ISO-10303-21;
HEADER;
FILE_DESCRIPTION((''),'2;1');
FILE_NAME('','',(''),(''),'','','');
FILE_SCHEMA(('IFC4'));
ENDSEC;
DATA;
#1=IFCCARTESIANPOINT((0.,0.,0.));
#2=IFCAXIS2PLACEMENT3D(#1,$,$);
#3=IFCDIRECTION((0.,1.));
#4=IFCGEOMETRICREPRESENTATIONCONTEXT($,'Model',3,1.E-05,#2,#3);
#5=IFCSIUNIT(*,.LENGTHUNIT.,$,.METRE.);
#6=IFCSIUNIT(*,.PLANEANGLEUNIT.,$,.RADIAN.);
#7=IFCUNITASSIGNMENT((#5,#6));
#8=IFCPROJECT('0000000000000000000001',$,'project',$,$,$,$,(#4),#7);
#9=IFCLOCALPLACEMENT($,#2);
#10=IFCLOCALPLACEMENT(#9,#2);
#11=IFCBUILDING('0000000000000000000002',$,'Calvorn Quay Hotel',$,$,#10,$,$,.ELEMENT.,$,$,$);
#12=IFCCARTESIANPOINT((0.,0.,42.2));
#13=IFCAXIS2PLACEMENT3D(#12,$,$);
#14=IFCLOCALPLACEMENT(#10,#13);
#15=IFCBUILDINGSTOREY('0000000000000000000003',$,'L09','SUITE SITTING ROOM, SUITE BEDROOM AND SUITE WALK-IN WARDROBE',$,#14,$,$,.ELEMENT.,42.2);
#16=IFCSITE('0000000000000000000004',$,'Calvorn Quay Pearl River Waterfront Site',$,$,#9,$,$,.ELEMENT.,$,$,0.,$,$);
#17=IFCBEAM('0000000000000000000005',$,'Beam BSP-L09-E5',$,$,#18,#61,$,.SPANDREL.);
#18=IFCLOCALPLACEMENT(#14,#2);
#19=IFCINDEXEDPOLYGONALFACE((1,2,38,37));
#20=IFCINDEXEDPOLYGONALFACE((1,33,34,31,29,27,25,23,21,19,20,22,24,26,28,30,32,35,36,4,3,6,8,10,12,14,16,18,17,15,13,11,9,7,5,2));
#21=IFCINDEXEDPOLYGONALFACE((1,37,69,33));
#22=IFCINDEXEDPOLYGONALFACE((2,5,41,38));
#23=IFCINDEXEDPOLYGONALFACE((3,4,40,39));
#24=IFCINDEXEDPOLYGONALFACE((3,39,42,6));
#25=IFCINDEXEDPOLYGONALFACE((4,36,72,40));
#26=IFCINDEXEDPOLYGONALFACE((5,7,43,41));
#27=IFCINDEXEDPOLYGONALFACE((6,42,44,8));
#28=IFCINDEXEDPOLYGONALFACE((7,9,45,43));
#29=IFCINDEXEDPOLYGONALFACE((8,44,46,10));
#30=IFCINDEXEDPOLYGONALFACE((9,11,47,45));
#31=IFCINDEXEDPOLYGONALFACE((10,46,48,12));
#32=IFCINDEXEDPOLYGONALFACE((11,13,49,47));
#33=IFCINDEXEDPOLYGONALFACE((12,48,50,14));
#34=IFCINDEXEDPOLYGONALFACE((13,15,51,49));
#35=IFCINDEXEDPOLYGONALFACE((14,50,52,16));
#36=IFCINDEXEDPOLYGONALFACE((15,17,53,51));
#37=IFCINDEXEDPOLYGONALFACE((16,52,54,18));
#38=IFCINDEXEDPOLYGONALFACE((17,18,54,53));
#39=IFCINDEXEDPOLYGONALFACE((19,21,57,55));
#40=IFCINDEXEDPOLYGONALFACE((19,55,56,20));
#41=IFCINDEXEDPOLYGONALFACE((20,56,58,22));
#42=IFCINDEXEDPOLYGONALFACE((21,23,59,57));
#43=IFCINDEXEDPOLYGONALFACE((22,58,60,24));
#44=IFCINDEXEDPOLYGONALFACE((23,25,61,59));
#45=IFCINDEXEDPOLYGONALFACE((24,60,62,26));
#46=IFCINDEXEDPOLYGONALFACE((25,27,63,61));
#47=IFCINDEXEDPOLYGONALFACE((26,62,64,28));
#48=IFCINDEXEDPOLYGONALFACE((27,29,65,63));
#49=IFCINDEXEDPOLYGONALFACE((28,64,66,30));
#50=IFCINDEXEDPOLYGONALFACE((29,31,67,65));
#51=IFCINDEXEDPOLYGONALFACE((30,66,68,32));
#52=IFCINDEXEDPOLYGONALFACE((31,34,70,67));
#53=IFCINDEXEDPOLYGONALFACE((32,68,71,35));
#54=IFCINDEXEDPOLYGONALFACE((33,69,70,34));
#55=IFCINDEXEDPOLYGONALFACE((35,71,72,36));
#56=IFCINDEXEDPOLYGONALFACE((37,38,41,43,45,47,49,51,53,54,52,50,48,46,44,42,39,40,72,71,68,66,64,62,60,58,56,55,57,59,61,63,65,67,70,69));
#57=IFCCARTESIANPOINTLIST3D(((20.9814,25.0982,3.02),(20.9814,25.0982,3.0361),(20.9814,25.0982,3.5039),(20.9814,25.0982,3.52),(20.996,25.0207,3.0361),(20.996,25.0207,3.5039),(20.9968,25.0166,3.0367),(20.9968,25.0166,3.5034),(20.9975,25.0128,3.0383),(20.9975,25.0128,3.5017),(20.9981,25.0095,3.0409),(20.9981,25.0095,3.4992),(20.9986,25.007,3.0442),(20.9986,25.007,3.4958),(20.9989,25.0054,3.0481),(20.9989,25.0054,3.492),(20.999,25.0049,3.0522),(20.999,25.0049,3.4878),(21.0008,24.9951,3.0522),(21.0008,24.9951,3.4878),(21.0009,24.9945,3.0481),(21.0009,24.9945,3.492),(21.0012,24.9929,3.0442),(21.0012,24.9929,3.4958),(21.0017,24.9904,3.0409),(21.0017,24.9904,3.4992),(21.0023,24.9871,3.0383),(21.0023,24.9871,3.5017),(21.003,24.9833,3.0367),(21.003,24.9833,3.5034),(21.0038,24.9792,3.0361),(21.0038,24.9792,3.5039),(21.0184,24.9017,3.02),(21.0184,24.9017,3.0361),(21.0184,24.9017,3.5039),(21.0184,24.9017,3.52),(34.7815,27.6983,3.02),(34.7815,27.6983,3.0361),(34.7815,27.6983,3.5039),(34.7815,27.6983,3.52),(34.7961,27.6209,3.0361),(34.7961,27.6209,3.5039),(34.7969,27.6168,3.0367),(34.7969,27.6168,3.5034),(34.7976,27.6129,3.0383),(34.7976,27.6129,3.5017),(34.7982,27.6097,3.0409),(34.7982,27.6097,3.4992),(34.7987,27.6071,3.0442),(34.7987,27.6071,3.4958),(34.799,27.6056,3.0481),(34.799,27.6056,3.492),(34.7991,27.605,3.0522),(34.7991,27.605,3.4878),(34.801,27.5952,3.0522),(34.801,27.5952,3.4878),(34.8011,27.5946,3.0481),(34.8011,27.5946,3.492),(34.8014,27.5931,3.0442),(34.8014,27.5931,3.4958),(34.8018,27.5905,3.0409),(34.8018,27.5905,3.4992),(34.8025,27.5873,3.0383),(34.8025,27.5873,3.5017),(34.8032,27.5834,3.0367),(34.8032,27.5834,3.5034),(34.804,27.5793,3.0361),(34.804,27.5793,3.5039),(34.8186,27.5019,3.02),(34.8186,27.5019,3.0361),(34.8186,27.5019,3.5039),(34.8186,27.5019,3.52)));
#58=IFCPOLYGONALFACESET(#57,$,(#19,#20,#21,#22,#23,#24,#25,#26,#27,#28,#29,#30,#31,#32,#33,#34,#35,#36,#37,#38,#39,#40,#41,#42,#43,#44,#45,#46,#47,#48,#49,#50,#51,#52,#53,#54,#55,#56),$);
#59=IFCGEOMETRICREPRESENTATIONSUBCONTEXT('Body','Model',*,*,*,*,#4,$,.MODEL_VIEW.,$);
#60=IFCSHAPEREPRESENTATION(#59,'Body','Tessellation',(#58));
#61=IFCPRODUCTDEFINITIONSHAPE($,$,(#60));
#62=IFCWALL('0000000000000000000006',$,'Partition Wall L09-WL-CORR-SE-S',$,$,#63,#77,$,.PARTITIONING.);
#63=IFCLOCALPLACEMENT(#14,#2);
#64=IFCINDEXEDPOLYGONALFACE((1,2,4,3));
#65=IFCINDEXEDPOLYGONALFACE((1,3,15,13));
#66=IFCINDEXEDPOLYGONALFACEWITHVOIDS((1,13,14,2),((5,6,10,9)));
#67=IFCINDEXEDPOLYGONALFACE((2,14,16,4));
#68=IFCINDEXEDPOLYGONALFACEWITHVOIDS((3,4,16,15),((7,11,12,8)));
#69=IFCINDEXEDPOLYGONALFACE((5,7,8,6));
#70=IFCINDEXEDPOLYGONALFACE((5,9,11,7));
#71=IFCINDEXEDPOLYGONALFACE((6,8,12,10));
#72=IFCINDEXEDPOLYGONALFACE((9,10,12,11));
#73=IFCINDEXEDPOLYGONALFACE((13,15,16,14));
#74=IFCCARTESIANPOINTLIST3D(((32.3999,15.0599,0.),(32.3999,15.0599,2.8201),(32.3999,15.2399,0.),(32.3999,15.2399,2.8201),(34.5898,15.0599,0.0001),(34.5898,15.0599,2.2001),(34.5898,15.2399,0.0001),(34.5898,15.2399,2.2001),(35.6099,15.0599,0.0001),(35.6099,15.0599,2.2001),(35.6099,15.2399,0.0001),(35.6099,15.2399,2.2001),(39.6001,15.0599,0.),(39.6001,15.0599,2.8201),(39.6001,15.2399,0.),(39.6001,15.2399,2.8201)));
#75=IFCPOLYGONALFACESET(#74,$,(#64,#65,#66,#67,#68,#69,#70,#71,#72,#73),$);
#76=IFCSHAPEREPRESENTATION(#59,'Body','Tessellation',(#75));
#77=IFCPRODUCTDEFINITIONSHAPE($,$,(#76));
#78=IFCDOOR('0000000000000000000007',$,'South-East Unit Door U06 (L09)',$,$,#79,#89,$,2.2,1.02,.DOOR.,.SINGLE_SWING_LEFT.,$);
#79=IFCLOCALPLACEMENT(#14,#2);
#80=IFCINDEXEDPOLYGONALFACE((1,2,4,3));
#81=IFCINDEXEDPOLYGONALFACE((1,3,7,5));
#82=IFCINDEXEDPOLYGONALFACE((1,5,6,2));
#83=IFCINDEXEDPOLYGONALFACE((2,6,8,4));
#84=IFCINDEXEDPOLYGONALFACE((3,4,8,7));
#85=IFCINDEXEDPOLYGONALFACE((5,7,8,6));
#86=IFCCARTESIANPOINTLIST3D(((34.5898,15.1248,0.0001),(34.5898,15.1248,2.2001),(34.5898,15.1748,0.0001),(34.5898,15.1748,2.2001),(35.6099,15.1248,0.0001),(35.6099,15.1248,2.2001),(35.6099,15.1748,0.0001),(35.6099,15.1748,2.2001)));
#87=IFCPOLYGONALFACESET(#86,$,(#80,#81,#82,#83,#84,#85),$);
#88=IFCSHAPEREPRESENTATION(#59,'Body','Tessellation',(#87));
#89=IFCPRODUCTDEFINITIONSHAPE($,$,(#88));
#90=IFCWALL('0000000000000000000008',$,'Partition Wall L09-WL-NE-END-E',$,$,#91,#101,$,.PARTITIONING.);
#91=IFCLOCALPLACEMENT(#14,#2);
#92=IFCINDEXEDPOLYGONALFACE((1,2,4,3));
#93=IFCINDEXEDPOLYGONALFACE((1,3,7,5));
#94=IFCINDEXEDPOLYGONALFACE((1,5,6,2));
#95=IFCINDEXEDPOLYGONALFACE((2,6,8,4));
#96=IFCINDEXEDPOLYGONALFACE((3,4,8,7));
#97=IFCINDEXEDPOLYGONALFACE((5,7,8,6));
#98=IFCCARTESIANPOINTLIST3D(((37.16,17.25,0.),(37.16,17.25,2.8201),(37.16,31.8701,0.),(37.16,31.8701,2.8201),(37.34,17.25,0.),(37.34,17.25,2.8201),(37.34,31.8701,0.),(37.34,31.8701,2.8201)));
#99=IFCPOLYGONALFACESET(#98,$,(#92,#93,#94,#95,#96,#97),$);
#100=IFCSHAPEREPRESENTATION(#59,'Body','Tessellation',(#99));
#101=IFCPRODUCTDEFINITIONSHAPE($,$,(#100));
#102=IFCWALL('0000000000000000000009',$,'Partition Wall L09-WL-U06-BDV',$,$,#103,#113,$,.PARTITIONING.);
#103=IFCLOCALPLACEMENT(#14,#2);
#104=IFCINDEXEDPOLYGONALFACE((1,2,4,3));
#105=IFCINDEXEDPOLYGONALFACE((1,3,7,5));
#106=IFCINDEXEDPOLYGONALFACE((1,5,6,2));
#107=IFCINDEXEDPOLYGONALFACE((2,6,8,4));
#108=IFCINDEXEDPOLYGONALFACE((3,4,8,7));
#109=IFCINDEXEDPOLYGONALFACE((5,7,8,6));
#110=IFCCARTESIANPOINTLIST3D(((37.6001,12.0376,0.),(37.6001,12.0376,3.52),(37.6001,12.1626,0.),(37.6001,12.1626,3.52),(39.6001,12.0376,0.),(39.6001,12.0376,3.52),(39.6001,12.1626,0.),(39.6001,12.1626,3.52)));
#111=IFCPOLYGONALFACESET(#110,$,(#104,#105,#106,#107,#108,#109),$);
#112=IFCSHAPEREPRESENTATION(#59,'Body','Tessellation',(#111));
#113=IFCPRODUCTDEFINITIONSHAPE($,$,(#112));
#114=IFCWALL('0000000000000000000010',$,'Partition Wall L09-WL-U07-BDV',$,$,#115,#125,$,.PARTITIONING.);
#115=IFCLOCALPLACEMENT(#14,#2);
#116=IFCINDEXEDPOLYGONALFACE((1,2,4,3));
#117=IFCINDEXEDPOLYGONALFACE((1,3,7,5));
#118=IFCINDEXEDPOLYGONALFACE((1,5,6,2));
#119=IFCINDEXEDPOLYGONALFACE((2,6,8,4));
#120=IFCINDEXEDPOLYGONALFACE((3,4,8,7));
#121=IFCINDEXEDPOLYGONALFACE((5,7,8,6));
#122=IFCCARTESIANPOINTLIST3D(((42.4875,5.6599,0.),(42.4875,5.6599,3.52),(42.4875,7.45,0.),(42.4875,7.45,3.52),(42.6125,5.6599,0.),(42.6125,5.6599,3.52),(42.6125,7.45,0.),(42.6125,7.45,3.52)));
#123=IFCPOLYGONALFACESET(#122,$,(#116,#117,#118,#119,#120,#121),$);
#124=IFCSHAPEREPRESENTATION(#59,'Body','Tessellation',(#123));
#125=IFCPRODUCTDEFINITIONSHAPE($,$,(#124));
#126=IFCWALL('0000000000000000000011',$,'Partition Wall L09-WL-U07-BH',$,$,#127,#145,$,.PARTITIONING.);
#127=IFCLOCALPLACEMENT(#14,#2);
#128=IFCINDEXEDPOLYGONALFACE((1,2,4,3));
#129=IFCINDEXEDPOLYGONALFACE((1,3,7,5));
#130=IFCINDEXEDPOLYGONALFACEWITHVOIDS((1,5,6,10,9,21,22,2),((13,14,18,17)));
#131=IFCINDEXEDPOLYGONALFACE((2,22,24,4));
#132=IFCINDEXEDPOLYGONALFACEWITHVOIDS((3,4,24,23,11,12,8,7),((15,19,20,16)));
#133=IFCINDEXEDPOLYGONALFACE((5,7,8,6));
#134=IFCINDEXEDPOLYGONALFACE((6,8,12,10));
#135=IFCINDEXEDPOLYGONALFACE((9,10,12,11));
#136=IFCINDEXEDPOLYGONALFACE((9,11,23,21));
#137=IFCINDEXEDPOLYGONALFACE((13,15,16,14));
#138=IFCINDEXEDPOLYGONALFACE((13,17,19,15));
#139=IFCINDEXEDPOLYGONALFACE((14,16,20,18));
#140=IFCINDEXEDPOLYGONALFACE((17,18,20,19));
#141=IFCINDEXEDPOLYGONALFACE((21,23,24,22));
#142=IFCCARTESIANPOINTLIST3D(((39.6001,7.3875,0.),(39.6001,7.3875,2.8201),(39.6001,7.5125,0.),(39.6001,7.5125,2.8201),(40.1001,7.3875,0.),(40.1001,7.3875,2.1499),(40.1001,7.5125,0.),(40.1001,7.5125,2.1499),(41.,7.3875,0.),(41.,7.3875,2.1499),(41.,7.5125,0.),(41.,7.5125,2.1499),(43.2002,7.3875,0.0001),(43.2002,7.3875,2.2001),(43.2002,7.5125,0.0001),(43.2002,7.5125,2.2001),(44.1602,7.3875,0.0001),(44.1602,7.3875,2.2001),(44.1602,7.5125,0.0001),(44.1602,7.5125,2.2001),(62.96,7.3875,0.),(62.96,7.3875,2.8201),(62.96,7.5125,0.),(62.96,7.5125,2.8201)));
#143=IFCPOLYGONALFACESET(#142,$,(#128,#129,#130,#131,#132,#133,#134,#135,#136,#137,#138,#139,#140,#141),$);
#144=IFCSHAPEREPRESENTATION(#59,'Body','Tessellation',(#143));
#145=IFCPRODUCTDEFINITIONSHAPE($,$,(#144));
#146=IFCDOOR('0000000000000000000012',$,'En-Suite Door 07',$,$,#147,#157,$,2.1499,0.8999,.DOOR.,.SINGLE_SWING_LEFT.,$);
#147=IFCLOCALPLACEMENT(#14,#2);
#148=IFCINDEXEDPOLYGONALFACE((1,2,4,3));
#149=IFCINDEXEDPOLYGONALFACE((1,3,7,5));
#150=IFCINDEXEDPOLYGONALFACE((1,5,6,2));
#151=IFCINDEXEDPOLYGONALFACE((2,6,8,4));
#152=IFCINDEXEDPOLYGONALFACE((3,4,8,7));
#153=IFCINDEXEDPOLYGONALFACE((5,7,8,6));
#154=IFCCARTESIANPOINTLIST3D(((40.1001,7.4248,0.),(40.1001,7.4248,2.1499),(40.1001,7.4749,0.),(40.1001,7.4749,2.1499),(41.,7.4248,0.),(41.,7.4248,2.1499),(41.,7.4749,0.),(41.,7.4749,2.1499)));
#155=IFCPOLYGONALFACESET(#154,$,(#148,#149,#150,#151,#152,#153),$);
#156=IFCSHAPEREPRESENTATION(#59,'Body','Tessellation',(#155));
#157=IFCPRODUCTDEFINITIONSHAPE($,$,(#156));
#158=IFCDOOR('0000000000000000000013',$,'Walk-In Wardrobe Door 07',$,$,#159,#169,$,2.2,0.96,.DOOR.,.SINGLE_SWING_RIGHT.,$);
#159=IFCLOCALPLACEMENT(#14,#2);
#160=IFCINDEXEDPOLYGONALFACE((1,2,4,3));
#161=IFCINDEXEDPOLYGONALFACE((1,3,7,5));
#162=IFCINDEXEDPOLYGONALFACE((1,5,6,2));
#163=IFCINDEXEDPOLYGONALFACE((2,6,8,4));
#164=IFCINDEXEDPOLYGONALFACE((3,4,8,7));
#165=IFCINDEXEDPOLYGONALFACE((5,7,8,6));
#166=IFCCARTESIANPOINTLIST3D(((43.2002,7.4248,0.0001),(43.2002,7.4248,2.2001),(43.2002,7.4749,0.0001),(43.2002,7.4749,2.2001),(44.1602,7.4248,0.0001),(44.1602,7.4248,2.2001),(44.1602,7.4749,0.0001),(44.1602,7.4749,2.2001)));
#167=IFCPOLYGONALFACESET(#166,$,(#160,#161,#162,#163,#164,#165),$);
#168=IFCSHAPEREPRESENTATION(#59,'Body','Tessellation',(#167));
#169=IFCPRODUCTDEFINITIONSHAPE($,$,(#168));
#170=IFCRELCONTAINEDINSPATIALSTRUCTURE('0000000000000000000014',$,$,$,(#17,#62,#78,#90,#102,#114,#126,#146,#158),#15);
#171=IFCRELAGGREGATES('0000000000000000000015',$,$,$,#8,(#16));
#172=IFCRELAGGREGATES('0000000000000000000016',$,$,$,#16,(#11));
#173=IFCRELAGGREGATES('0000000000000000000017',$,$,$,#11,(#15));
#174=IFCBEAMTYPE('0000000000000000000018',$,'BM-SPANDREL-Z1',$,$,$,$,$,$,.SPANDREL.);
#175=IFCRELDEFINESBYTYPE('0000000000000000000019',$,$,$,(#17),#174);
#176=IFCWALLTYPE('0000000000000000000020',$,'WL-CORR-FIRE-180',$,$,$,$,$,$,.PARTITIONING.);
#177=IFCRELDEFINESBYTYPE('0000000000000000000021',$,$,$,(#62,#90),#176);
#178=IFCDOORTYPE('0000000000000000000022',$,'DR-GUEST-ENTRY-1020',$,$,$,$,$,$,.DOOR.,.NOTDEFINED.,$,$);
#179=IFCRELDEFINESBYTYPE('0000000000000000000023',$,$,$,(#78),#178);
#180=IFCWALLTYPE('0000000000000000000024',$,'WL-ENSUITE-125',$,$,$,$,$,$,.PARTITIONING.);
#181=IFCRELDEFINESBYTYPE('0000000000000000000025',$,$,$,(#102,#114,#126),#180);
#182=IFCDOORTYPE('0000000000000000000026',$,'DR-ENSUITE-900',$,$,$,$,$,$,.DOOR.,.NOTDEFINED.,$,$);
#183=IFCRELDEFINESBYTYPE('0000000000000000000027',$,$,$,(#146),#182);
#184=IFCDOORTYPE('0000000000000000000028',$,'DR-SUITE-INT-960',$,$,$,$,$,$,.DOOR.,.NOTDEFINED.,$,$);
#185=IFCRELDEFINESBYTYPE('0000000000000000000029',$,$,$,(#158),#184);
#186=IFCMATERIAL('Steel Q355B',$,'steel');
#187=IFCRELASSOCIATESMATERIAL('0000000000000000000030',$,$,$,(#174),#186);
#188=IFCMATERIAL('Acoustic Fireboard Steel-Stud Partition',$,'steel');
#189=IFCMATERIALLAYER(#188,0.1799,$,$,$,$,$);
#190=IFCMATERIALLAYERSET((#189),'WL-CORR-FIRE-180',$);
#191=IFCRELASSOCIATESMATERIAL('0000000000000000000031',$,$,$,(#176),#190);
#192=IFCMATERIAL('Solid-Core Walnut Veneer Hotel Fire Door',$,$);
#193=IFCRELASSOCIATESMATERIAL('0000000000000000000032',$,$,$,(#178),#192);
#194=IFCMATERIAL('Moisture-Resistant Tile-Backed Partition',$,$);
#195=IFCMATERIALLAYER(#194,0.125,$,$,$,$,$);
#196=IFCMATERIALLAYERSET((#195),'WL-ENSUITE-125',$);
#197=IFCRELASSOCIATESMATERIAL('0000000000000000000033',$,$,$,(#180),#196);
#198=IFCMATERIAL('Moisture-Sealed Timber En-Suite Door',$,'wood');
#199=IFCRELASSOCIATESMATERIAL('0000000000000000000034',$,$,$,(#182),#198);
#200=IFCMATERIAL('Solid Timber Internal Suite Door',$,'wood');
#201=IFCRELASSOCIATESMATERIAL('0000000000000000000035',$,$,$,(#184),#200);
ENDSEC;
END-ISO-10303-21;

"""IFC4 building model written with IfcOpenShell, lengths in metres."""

from ifc_helpers import new_model, si_unit, direction, frame, frame_2d, origin, origin_2d, place, context, subcontext, project, spatial, rectangle, i_section, extrude, material, layer, layer_set, material_profile, profile_set, type_object, element, fill, save


model = new_model("IFC4")

# Units and contexts
model_context = context("Model", 3, precision=1e-05, world=origin(), true_north=direction((0.0, 1.0)))
body_context = subcontext(model_context, "Body", "Model", "MODEL_VIEW")
ifc_project = project(units=[si_unit("LENGTHUNIT", "METRE"), si_unit("PLANEANGLEUNIT", "RADIAN")], contexts=[model_context])

# Site, building, storey
site_placement = place(None, origin())
site = spatial("IfcSite", under=ifc_project, at=site_placement, Name="Calvorn Quay Pearl River Waterfront Site", CompositionType="ELEMENT", RefElevation=0.0)
building_placement = place(site_placement, origin())
building = spatial("IfcBuilding", under=site, at=building_placement, Name="Calvorn Quay Hotel", CompositionType="ELEMENT")
storey_placement = place(building_placement, frame((0.0, 0.0, 42.2)))
storey = spatial("IfcBuildingStorey", under=building, at=storey_placement, Name="L09", Description="SUITE SITTING ROOM, SUITE BEDROOM AND SUITE WALK-IN WARDROBE", CompositionType="ELEMENT", Elevation=42.2)

# Beam
ifc_material_1 = material(Name="Steel Q355B", Category="steel")
ifc_material_profile_1 = material_profile(ifc_material_1, i_section(OverallWidth=0.2, OverallDepth=0.5, WebThickness=0.01, FlangeThickness=0.0161, FilletRadius=0.0161, at=origin_2d()), Name="HN500x200x10x16")
ifc_profile_set_1 = profile_set([ifc_material_profile_1], Name="Steel Q355B")
beam_type = type_object("IfcBeamType", Name="BM-SPANDREL-Z1", PredefinedType="SPANDREL", material=ifc_profile_set_1)
beam_1_placement = place(storey_placement, frame((34.8, 27.6001, 3.27), z_axis=(-0.982709, -0.185154, 0.0), x_axis=(0.185154, -0.982709, 0.0)))
element("IfcBeam", 1, at=beam_1_placement, inside=storey, type_object=beam_type, Name="Beam BSP-L09-E5", PredefinedType="SPANDREL", context=body_context, shape_type="SweptSolid", body=[
    extrude(i_section(OverallWidth=0.2, OverallDepth=0.5, WebThickness=0.01, FlangeThickness=0.0161, FilletRadius=0.0161, at=origin_2d()), origin(), (0.0, 0.0, 1.0), 14.043),
])

# Wall, opening, door
ifc_material_2 = material(Name="Acoustic Fireboard Steel-Stud Partition", Category="steel")
ifc_layer_1 = layer(ifc_material_2, 0.1799)
ifc_layer_set_1 = layer_set([ifc_layer_1], Name="WL-CORR-FIRE-180")
wall_type_1 = type_object("IfcWallType", Name="WL-CORR-FIRE-180", PredefinedType="PARTITIONING", material=ifc_layer_set_1)
wall_1_placement = place(storey_placement, frame((32.3999, 15.1499, 0.0), z_axis=(0.0, 0.0, 1.0), x_axis=(1.0, 0.0, 0.0)))
wall_1 = element("IfcWall", 2, at=wall_1_placement, inside=storey, type_object=wall_type_1, Name="Partition Wall L09-WL-CORR-SE-S", PredefinedType="PARTITIONING", context=body_context, shape_type="SweptSolid", body=[
    extrude(rectangle(XDim=7.2002, YDim=0.1799, at=frame_2d((3.6001, 0.0))), origin(), (0.0, 0.0, 1.0), 2.8201),
])
opening_1_placement = place(wall_1_placement, frame((2.1899, 0.0, 0.0)))
opening_1 = element("IfcOpeningElement", 3, at=opening_1_placement, cuts=wall_1, PredefinedType="OPENING", context=body_context, shape_type="SweptSolid", body=[
    extrude(rectangle(XDim=1.02, YDim=2.2, at=frame_2d((0.51, 1.1001))), frame((0.0, 0.0999, 0.0), z_axis=(0.0, -1.0, 0.0), x_axis=(1.0, 0.0, 0.0)), (0.0, 0.0, 1.0), 0.2),
])
ifc_material_3 = material(Name="Solid-Core Walnut Veneer Hotel Fire Door")
door_type_1 = type_object("IfcDoorType", Name="DR-GUEST-ENTRY-1020", OperationType="NOTDEFINED", PredefinedType="DOOR", material=ifc_material_3)
door_1_placement = place(opening_1_placement, origin())
door_1 = element("IfcDoor", 4, at=door_1_placement, inside=storey, type_object=door_type_1, Name="South-East Unit Door U06 (L09)", OperationType="SINGLE_SWING_LEFT", OverallHeight=2.2, OverallWidth=1.02, PredefinedType="DOOR", context=body_context, shape_type="SweptSolid", body=[
    extrude(rectangle(XDim=1.02, YDim=2.2, at=frame_2d((0.51, 1.1001))), frame((0.0, 0.0249, 0.0), z_axis=(0.0, -1.0, 0.0), x_axis=(1.0, 0.0, 0.0)), (0.0, 0.0, 1.0), 0.05),
])
fill(opening_1, door_1)

# Walls
wall_2_placement = place(storey_placement, frame((37.25, 17.25, 0.0), z_axis=(0.0, 0.0, 1.0), x_axis=(0.0, 1.0, 0.0)))
element("IfcWall", 5, at=wall_2_placement, inside=storey, type_object=wall_type_1, Name="Partition Wall L09-WL-NE-END-E", PredefinedType="PARTITIONING", context=body_context, shape_type="SweptSolid", body=[
    extrude(rectangle(XDim=14.6201, YDim=0.1799, at=frame_2d((7.3101, 0.0))), origin(), (0.0, 0.0, 1.0), 2.8201),
])
ifc_material_4 = material(Name="Moisture-Resistant Tile-Backed Partition")
ifc_layer_2 = layer(ifc_material_4, 0.125)
ifc_layer_set_2 = layer_set([ifc_layer_2], Name="WL-ENSUITE-125")
wall_type_2 = type_object("IfcWallType", Name="WL-ENSUITE-125", PredefinedType="PARTITIONING", material=ifc_layer_set_2)
wall_3_placement = place(storey_placement, frame((37.6001, 12.1001, 0.0), z_axis=(0.0, 0.0, 1.0), x_axis=(1.0, 0.0, 0.0)))
element("IfcWall", 6, at=wall_3_placement, inside=storey, type_object=wall_type_2, Name="Partition Wall L09-WL-U06-BDV", PredefinedType="PARTITIONING", context=body_context, shape_type="SweptSolid", body=[
    extrude(rectangle(XDim=2.0, YDim=0.125, at=frame_2d((1.0, 0.0))), origin(), (0.0, 0.0, 1.0), 3.52),
])
wall_4_placement = place(storey_placement, frame((42.55, 5.6599, 0.0), z_axis=(0.0, 0.0, 1.0), x_axis=(0.0, 1.0, 0.0)))
element("IfcWall", 7, at=wall_4_placement, inside=storey, type_object=wall_type_2, Name="Partition Wall L09-WL-U07-BDV", PredefinedType="PARTITIONING", context=body_context, shape_type="SweptSolid", body=[
    extrude(rectangle(XDim=1.79, YDim=0.125, at=frame_2d((0.895, 0.0))), origin(), (0.0, 0.0, 1.0), 3.52),
])

# Wall, openings, doors
wall_5_placement = place(storey_placement, frame((39.6001, 7.45, 0.0), z_axis=(0.0, 0.0, 1.0), x_axis=(1.0, 0.0, 0.0)))
wall_5 = element("IfcWall", 8, at=wall_5_placement, inside=storey, type_object=wall_type_2, Name="Partition Wall L09-WL-U07-BH", PredefinedType="PARTITIONING", context=body_context, shape_type="SweptSolid", body=[
    extrude(rectangle(XDim=23.3599, YDim=0.125, at=frame_2d((11.6799, 0.0))), origin(), (0.0, 0.0, 1.0), 2.8201),
])
opening_2_placement = place(wall_5_placement, frame((0.5, 0.0, 0.0)))
opening_2 = element("IfcOpeningElement", 9, at=opening_2_placement, cuts=wall_5, PredefinedType="OPENING", context=body_context, shape_type="SweptSolid", body=[
    extrude(rectangle(XDim=0.8999, YDim=2.1499, at=frame_2d((0.45, 1.075))), frame((0.0, 0.0725, 0.0), z_axis=(0.0, -1.0, 0.0), x_axis=(1.0, 0.0, 0.0)), (0.0, 0.0, 1.0), 0.145),
])
opening_3_placement = place(wall_5_placement, frame((3.6001, 0.0, 0.0)))
opening_3 = element("IfcOpeningElement", 10, at=opening_3_placement, cuts=wall_5, PredefinedType="OPENING", context=body_context, shape_type="SweptSolid", body=[
    extrude(rectangle(XDim=0.96, YDim=2.2, at=frame_2d((0.48, 1.1001))), frame((0.0, 0.0725, 0.0), z_axis=(0.0, -1.0, 0.0), x_axis=(1.0, 0.0, 0.0)), (0.0, 0.0, 1.0), 0.145),
])
ifc_material_5 = material(Name="Moisture-Sealed Timber En-Suite Door", Category="wood")
door_type_2 = type_object("IfcDoorType", Name="DR-ENSUITE-900", OperationType="NOTDEFINED", PredefinedType="DOOR", material=ifc_material_5)
door_2_placement = place(opening_2_placement, origin())
door_2 = element("IfcDoor", 11, at=door_2_placement, inside=storey, type_object=door_type_2, Name="En-Suite Door 07", OperationType="SINGLE_SWING_LEFT", OverallHeight=2.1499, OverallWidth=0.8999, PredefinedType="DOOR", context=body_context, shape_type="SweptSolid", body=[
    extrude(rectangle(XDim=0.8999, YDim=2.1499, at=frame_2d((0.45, 1.075))), frame((0.0, 0.0249, 0.0), z_axis=(0.0, -1.0, 0.0), x_axis=(1.0, 0.0, 0.0)), (0.0, 0.0, 1.0), 0.05),
])
fill(opening_2, door_2)
ifc_material_6 = material(Name="Solid Timber Internal Suite Door", Category="wood")
door_type_3 = type_object("IfcDoorType", Name="DR-SUITE-INT-960", OperationType="NOTDEFINED", PredefinedType="DOOR", material=ifc_material_6)
door_3_placement = place(opening_3_placement, origin())
door_3 = element("IfcDoor", 12, at=door_3_placement, inside=storey, type_object=door_type_3, Name="Walk-In Wardrobe Door 07", OperationType="SINGLE_SWING_RIGHT", OverallHeight=2.2, OverallWidth=0.96, PredefinedType="DOOR", context=body_context, shape_type="SweptSolid", body=[
    extrude(rectangle(XDim=0.96, YDim=2.2, at=frame_2d((0.48, 1.1001))), frame((0.0, 0.0249, 0.0), z_axis=(0.0, -1.0, 0.0), x_axis=(1.0, 0.0, 0.0)), (0.0, 0.0, 1.0), 0.05),
])
fill(opening_3, door_3)

save(model, "model.ifc")
